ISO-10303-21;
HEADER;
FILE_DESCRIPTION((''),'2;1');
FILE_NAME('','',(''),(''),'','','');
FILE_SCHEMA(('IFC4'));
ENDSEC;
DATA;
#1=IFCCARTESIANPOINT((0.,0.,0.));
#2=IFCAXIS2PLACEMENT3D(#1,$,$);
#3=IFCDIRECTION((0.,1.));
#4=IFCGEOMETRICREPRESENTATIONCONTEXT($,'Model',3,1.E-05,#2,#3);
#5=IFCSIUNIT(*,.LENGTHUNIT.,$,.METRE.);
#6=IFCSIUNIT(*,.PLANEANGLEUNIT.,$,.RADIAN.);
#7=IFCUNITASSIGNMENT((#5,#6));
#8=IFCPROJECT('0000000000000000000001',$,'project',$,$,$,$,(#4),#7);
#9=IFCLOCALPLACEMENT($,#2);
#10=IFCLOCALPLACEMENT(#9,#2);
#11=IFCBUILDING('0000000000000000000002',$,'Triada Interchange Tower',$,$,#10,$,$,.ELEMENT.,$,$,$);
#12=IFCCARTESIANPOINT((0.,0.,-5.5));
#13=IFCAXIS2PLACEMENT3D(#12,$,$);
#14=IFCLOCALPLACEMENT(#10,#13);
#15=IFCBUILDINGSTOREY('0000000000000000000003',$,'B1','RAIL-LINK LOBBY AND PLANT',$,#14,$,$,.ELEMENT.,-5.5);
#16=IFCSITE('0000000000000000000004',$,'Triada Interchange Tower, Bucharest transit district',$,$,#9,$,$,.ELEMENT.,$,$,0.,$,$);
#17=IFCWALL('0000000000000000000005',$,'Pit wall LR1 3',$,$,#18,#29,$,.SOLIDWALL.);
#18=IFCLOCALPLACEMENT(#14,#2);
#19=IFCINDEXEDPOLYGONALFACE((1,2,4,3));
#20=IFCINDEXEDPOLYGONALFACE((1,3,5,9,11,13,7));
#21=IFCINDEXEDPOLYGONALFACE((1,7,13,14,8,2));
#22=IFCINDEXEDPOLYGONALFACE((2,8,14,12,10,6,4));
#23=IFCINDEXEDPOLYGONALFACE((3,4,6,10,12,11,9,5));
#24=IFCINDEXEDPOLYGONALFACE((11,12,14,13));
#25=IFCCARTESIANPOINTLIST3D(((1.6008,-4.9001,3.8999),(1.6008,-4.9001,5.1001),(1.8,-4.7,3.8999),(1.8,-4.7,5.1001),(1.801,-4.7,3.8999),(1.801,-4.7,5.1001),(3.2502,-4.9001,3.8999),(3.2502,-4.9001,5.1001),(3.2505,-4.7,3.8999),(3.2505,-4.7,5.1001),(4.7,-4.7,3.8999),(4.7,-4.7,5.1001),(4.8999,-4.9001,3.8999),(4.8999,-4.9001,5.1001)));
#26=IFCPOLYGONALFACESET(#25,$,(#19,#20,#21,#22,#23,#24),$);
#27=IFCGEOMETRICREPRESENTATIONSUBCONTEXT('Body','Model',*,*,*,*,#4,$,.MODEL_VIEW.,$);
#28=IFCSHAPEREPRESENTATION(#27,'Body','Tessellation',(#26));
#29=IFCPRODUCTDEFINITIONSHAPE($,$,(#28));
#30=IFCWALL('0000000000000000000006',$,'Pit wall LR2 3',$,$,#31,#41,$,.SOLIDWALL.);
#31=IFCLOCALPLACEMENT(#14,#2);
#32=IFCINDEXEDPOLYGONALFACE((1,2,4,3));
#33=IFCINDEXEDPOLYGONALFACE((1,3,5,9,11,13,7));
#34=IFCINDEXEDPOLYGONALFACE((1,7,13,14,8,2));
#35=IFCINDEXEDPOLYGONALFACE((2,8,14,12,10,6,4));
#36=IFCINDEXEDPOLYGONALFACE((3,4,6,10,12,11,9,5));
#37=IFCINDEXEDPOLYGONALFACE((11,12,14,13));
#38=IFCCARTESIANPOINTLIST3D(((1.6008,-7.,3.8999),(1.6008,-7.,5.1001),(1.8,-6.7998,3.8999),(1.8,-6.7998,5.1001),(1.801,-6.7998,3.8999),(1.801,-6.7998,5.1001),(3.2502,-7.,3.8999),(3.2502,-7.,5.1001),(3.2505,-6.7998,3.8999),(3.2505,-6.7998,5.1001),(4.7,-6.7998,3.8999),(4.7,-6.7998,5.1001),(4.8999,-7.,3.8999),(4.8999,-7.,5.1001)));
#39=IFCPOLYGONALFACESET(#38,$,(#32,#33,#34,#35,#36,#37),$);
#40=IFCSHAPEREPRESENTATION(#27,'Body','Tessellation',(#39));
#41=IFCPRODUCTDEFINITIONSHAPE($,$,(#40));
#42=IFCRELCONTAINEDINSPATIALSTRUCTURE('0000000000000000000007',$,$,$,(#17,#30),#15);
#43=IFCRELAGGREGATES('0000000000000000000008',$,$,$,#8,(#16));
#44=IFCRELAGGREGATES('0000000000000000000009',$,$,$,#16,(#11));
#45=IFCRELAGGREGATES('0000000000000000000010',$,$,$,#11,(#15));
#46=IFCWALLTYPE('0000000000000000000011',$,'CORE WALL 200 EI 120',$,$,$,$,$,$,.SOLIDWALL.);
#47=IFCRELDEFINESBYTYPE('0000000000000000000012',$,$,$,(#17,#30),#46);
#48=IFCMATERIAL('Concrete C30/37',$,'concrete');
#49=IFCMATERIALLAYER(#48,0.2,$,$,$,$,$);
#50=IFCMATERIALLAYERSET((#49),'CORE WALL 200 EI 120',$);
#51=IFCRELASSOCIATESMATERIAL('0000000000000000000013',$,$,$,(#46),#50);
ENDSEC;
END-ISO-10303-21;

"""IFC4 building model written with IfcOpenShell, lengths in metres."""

from ifc_helpers import new_model, si_unit, direction, frame, origin, place, context, subcontext, project, spatial, polyline, outline, extrude, material, layer, layer_set, type_object, element, save


model = new_model("IFC4")

# Units and contexts
model_context = context("Model", 3, precision=1e-05, world=origin(), true_north=direction((0.0, 1.0)))
body_context = subcontext(model_context, "Body", "Model", "MODEL_VIEW")
ifc_project = project(units=[si_unit("LENGTHUNIT", "METRE"), si_unit("PLANEANGLEUNIT", "RADIAN")], contexts=[model_context])

# Site, building, storey
site_placement = place(None, origin())
site = spatial("IfcSite", under=ifc_project, at=site_placement, Name="Triada Interchange Tower, Bucharest transit district", CompositionType="ELEMENT", RefElevation=0.0)
building_placement = place(site_placement, origin())
building = spatial("IfcBuilding", under=site, at=building_placement, Name="Triada Interchange Tower", CompositionType="ELEMENT")
storey_placement = place(building_placement, frame((0.0, 0.0, -5.5)))
storey = spatial("IfcBuildingStorey", under=building, at=storey_placement, Name="B1", Description="RAIL-LINK LOBBY AND PLANT", CompositionType="ELEMENT", Elevation=-5.5)

# Shared definitions
ifc_material_1 = material(Name="Concrete C30/37", Category="concrete")

# Shared definitions
ifc_layer_1 = layer(ifc_material_1, 0.2)
ifc_layer_set_1 = layer_set([ifc_layer_1], Name="CORE WALL 200 EI 120")
wall_type = type_object("IfcWallType", Name="CORE WALL 200 EI 120", PredefinedType="SOLIDWALL", material=ifc_layer_set_1)

# Walls
wall_1_placement = place(storey_placement, frame((1.7, -4.8, 3.8999), z_axis=(0.0, 0.0, 1.0), x_axis=(1.0, 0.0, 0.0)))
element("IfcWall", 1, at=wall_1_placement, inside=storey, type_object=wall_type, Name="Pit wall LR1 3", PredefinedType="SOLIDWALL", context=body_context, shape_type="SweptSolid", body=[
    extrude(outline(polyline([(3.0, 0.1001), (3.2, -0.1001), (1.5503, -0.1001), (-0.0991, -0.1001), (0.1001, 0.1001), (0.1001, 0.1001), (0.1001, 0.1001), (0.1001, 0.1001), (0.1001, 0.1001), (0.1001, 0.1001), (0.1001, 0.1001), (0.1001, 0.1001), (0.1011, 0.1001), (1.5505, 0.1001), (3.0, 0.1001)])), origin(), (0.0, 0.0, 1.0), 1.2002),
])
wall_2_placement = place(storey_placement, frame((1.7, -6.8999, 3.8999), z_axis=(0.0, 0.0, 1.0), x_axis=(1.0, 0.0, 0.0)))
element("IfcWall", 2, at=wall_2_placement, inside=storey, type_object=wall_type, Name="Pit wall LR2 3", PredefinedType="SOLIDWALL", context=body_context, shape_type="SweptSolid", body=[
    extrude(outline(polyline([(3.0, 0.1001), (3.2, -0.1001), (1.5503, -0.1001), (-0.0991, -0.1001), (0.1001, 0.1001), (0.1001, 0.1001), (0.1001, 0.1001), (0.1001, 0.1001), (0.1001, 0.1001), (0.1001, 0.1001), (0.1001, 0.1001), (0.1001, 0.1001), (0.1011, 0.1001), (1.5505, 0.1001), (3.0, 0.1001)])), origin(), (0.0, 0.0, 1.0), 1.2002),
])

save(model, "model.ifc")
